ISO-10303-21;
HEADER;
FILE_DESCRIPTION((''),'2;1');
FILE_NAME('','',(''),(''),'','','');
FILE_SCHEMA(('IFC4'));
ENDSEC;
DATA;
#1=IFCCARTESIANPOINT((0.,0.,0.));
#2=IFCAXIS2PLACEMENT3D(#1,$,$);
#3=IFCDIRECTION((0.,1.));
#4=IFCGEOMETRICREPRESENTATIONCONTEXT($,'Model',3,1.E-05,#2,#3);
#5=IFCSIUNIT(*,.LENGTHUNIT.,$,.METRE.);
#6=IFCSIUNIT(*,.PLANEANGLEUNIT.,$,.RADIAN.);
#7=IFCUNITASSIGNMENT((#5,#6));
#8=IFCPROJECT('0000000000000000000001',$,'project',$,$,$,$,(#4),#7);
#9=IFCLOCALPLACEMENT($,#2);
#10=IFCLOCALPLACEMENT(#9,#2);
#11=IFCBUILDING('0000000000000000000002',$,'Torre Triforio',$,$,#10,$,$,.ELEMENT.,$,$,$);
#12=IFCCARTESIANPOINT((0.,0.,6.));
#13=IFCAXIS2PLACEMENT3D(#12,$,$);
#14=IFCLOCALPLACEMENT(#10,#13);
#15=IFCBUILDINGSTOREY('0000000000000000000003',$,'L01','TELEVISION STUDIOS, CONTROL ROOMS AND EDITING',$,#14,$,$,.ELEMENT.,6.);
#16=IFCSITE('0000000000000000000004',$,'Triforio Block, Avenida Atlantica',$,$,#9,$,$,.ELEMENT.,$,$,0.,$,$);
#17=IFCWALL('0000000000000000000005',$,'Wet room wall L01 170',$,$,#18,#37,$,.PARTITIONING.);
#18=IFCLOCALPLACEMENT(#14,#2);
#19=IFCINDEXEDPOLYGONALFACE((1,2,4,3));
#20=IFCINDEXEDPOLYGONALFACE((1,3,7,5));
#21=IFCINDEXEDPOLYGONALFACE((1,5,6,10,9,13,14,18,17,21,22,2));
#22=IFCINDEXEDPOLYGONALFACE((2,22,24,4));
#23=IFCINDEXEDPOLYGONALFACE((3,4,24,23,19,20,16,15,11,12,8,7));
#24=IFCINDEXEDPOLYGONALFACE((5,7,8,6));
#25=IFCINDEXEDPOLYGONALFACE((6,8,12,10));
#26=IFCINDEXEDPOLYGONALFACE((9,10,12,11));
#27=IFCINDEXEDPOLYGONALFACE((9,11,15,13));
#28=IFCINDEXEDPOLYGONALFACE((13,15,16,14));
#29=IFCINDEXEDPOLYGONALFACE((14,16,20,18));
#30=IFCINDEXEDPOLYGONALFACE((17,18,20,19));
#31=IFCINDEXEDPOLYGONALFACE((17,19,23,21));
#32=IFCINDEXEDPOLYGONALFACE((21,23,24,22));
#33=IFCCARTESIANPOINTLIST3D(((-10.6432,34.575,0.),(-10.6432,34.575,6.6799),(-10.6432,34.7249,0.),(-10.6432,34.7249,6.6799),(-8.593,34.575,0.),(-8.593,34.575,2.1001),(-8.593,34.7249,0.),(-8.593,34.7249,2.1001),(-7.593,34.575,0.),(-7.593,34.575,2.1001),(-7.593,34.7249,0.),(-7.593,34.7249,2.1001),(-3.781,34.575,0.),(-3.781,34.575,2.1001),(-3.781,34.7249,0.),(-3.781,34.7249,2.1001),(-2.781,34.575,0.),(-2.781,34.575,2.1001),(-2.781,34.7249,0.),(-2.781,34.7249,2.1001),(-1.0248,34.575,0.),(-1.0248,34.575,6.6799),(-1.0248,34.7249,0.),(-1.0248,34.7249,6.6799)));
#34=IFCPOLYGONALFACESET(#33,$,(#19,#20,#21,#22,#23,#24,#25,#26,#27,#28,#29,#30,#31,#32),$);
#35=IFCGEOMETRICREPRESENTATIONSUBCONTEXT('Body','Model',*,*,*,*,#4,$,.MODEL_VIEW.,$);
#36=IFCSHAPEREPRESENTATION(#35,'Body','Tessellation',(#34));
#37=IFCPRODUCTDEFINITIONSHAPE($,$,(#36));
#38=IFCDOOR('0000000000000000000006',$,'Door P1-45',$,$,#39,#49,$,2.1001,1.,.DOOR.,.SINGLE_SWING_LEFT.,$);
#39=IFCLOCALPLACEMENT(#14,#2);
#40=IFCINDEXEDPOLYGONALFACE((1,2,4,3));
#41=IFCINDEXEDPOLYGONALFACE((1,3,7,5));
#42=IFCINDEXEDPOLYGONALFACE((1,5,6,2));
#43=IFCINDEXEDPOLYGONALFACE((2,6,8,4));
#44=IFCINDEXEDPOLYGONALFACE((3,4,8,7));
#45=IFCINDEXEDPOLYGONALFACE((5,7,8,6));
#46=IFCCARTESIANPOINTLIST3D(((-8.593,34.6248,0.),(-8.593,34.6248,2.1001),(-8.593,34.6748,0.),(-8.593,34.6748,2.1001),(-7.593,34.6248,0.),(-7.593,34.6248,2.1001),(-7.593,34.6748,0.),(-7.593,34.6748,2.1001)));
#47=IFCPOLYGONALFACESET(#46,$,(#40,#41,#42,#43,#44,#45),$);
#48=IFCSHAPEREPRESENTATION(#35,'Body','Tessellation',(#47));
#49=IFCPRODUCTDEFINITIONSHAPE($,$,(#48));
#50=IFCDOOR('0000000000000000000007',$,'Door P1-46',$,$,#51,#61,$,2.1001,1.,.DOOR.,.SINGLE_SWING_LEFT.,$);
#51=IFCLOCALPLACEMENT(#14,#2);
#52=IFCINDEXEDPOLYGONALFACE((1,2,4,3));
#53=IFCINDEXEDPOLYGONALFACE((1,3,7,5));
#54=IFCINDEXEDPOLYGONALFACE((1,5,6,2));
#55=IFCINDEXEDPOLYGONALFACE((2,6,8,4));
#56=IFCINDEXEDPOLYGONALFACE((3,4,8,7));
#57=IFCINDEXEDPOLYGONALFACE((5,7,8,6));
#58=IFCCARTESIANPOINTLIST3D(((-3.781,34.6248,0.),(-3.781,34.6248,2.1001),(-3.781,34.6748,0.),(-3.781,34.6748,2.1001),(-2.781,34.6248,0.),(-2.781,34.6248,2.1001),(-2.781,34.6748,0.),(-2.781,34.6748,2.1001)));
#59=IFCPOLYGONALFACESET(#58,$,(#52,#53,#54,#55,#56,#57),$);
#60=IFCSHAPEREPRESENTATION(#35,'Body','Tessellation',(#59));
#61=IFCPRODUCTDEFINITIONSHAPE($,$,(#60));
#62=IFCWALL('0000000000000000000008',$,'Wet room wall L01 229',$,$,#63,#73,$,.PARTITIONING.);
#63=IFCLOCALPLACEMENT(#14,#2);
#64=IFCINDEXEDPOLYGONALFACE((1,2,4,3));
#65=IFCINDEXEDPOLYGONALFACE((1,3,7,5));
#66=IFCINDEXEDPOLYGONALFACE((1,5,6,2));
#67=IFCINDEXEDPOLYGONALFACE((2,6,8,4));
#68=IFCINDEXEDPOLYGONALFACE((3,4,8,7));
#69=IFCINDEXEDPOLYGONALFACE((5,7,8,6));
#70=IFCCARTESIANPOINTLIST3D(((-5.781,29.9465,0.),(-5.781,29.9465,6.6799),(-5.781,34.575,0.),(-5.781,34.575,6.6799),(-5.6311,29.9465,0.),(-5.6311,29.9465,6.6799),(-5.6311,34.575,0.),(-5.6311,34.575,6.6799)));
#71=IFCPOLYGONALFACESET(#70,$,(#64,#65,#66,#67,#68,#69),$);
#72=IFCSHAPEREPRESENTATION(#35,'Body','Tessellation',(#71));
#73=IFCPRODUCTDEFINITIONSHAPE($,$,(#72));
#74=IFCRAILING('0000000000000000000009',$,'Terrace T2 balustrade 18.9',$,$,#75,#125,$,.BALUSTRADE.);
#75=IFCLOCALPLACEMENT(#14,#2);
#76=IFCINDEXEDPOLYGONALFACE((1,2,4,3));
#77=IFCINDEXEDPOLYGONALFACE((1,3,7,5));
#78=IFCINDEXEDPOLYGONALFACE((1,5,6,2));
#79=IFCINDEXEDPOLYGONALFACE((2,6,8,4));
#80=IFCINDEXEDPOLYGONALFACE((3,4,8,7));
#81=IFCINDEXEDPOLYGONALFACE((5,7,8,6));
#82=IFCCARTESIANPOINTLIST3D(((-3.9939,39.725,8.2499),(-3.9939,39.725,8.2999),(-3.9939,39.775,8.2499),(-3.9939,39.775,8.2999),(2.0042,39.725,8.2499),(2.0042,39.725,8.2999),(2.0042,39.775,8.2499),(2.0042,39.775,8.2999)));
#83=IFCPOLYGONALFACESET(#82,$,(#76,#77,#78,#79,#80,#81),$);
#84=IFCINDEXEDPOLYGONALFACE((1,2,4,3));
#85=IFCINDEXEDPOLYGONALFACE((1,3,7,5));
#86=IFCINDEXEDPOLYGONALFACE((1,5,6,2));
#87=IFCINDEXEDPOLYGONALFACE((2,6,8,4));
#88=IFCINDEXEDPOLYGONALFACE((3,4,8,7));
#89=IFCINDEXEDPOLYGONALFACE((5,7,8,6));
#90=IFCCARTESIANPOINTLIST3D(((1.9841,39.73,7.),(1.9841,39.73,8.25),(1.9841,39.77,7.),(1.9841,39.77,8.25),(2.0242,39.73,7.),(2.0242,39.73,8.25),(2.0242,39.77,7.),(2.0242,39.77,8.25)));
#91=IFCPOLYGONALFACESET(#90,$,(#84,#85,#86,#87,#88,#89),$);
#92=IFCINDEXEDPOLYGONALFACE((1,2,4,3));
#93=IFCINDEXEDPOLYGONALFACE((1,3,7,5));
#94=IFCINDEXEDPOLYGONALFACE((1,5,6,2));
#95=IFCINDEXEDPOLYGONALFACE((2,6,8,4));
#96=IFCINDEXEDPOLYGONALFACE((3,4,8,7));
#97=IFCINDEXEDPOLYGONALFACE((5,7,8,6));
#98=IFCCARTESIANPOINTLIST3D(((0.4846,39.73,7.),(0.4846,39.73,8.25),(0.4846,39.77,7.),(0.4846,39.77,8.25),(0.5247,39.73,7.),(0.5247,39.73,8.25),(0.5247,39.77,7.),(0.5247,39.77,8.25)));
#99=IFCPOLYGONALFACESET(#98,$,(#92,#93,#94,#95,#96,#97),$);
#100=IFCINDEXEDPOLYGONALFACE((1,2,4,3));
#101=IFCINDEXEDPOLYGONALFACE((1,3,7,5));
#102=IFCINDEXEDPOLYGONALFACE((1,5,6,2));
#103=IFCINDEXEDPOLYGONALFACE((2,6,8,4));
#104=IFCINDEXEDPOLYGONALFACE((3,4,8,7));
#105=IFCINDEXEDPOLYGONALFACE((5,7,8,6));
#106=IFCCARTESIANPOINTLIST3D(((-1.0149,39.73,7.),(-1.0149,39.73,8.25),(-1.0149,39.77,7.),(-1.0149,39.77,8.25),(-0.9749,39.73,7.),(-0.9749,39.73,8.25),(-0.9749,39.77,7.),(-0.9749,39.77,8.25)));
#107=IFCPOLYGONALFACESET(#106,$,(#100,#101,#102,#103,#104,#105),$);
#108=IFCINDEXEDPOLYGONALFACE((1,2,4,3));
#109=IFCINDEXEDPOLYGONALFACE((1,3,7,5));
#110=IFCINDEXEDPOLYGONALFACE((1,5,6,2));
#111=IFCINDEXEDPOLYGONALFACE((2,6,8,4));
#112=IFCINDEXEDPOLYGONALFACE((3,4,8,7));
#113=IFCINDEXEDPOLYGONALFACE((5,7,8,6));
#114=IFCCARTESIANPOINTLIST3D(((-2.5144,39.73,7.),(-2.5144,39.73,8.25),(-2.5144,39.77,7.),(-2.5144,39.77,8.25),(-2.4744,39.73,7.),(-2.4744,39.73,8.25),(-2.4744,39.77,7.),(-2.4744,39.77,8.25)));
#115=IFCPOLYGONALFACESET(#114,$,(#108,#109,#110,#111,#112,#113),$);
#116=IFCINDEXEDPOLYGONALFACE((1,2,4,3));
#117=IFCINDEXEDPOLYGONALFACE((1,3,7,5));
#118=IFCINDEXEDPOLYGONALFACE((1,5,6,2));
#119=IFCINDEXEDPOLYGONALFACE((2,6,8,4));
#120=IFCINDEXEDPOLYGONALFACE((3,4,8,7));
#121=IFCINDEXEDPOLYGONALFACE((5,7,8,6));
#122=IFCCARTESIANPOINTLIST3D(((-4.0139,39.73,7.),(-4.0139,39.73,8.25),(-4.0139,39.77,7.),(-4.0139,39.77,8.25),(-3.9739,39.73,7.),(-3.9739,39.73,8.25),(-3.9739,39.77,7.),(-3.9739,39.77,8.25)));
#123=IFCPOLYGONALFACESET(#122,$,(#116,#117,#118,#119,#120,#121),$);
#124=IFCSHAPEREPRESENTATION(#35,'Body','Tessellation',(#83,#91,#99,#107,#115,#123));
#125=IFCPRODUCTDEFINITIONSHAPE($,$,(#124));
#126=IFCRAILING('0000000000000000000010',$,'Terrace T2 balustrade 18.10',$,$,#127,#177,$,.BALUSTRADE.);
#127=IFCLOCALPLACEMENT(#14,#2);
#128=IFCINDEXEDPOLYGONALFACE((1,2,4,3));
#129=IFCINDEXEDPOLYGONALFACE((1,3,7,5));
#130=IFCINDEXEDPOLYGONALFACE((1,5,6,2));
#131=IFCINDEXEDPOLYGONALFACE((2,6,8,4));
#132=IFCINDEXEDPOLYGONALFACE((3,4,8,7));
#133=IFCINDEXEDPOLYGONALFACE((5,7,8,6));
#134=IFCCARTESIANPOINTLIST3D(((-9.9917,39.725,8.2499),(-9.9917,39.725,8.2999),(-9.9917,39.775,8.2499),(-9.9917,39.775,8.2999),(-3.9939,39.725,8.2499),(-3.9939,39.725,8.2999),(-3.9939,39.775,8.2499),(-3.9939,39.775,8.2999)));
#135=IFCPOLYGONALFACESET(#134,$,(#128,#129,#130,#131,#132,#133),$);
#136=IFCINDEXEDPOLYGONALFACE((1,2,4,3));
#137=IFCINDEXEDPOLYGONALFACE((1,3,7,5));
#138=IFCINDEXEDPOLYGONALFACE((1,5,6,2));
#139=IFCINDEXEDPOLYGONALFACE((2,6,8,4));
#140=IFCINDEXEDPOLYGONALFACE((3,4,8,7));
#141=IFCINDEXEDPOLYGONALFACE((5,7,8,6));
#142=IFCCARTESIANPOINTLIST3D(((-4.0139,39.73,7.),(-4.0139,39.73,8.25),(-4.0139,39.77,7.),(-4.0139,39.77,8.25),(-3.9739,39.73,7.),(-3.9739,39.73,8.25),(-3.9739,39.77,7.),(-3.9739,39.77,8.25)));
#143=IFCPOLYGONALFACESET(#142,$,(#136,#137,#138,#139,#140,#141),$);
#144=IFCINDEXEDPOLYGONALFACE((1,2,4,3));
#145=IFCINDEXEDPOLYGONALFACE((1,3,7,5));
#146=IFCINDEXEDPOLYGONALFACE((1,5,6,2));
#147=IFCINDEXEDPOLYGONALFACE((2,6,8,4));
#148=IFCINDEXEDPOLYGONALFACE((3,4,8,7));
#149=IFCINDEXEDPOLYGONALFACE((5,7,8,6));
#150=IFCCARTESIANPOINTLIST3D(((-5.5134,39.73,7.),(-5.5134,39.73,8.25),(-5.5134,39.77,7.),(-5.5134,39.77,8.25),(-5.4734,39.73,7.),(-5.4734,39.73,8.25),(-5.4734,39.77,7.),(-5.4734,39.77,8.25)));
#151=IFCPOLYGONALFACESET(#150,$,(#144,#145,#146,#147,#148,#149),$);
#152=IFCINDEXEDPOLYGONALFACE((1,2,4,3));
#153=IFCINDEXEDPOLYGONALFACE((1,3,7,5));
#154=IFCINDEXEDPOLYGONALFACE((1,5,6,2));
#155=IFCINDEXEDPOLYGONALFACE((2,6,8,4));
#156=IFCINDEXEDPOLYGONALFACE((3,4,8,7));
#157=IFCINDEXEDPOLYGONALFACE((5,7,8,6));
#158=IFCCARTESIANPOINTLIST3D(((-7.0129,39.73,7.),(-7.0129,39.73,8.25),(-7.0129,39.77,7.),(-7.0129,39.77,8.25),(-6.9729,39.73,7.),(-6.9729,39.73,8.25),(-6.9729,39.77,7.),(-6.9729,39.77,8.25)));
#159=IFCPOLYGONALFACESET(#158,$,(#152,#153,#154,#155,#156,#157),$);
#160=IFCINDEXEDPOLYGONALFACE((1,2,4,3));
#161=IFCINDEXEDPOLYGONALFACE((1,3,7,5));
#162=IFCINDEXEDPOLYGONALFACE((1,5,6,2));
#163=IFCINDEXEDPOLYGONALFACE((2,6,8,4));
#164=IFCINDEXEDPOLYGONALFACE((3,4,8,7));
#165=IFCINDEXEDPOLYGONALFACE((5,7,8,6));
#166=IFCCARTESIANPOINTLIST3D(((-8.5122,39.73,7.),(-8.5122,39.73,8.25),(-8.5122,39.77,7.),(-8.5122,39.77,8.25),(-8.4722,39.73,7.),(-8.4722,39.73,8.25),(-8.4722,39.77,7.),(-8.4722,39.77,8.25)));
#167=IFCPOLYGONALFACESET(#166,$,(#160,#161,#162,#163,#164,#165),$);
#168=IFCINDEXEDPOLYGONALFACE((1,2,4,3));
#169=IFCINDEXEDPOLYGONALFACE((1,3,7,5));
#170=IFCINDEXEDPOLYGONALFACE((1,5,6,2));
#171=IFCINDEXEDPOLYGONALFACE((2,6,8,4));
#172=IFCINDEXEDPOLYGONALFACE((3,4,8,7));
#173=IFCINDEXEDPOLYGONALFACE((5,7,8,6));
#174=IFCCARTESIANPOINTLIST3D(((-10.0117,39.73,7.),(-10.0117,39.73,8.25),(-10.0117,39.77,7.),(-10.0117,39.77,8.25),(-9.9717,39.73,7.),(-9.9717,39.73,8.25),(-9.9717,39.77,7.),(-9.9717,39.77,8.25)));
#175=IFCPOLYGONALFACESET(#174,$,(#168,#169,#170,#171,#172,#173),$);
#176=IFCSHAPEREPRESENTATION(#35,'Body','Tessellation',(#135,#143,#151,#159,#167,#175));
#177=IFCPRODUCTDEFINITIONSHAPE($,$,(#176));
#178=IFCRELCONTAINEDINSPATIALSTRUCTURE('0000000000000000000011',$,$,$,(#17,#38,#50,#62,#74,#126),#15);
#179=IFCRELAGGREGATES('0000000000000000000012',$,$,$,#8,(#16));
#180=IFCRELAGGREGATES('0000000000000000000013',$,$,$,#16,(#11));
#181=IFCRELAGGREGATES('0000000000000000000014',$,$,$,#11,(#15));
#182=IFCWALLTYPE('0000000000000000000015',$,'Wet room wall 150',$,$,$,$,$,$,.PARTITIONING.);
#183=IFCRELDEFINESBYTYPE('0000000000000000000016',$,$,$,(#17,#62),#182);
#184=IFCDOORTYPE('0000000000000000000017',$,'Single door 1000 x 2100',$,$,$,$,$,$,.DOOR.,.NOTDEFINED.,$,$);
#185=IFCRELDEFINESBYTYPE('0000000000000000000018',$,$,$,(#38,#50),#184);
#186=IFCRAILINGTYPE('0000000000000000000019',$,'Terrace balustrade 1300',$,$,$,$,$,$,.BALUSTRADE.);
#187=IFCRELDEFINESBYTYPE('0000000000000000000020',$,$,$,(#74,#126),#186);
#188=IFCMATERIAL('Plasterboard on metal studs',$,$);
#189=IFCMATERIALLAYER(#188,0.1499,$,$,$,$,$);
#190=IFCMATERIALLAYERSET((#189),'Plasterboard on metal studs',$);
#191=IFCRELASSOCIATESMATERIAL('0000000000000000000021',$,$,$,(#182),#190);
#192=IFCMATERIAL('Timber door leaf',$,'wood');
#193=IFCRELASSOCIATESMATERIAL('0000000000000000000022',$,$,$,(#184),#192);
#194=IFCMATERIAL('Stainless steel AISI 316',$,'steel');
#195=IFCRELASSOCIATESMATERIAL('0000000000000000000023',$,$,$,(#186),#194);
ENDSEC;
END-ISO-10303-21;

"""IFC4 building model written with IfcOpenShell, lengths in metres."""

from ifc_helpers import new_model, si_unit, direction, frame, frame_2d, origin, origin_2d, place, context, subcontext, project, spatial, rectangle, extrude, material, layer, layer_set, type_object, element, fill, save


model = new_model("IFC4")

# Units and contexts
model_context = context("Model", 3, precision=1e-05, world=origin(), true_north=direction((0.0, 1.0)))
body_context = subcontext(model_context, "Body", "Model", "MODEL_VIEW")
ifc_project = project(units=[si_unit("LENGTHUNIT", "METRE"), si_unit("PLANEANGLEUNIT", "RADIAN")], contexts=[model_context])

# Site, building, storey
site_placement = place(None, origin())
site = spatial("IfcSite", under=ifc_project, at=site_placement, Name="Triforio Block, Avenida Atlantica", CompositionType="ELEMENT", RefElevation=0.0)
building_placement = place(site_placement, origin())
building = spatial("IfcBuilding", under=site, at=building_placement, Name="Torre Triforio", CompositionType="ELEMENT")
storey_placement = place(building_placement, frame((0.0, 0.0, 6.0)))
storey = spatial("IfcBuildingStorey", under=building, at=storey_placement, Name="L01", Description="TELEVISION STUDIOS, CONTROL ROOMS AND EDITING", CompositionType="ELEMENT", Elevation=6.0)

# Shared definitions
ifc_material_1 = material(Name="Plasterboard on metal studs")

# Wall, openings, doors
ifc_layer_1 = layer(ifc_material_1, 0.1499)
ifc_layer_set_1 = layer_set([ifc_layer_1], Name="Plasterboard on metal studs")
wall_type_1 = type_object("IfcWallType", Name="Wet room wall 150", PredefinedType="PARTITIONING", material=ifc_layer_set_1)
wall_1_placement = place(storey_placement, frame((-10.6431, 34.6499, 0.0), z_axis=(0.0, 0.0, 1.0), x_axis=(1.0, 0.0, 0.0)))
wall_1 = element("IfcWall", 1, at=wall_1_placement, inside=storey, type_object=wall_type_1, Name="Wet room wall L01 170", PredefinedType="PARTITIONING", context=body_context, shape_type="SweptSolid", body=[
    extrude(rectangle(XDim=9.6184, YDim=0.1499, at=frame_2d((4.8091, 0.0))), origin(), (0.0, 0.0, 1.0), 6.6799),
])
opening_1_placement = place(wall_1_placement, frame((2.05, 0.0, 0.0)))
opening_1 = element("IfcOpeningElement", 2, at=opening_1_placement, cuts=wall_1, PredefinedType="OPENING", context=body_context, shape_type="SweptSolid", body=[
    extrude(rectangle(XDim=1.0, YDim=2.1001, at=frame_2d((0.5, 1.05))), frame((0.0, 0.085, 0.0), z_axis=(0.0, -1.0, 0.0), x_axis=(1.0, 0.0, 0.0)), (0.0, 0.0, 1.0), 0.1699),
])
opening_2_placement = place(wall_1_placement, frame((6.8621, 0.0, 0.0)))
opening_2 = element("IfcOpeningElement", 3, at=opening_2_placement, cuts=wall_1, PredefinedType="OPENING", context=body_context, shape_type="SweptSolid", body=[
    extrude(rectangle(XDim=1.0, YDim=2.1001, at=frame_2d((0.5, 1.05))), frame((0.0, 0.085, 0.0), z_axis=(0.0, -1.0, 0.0), x_axis=(1.0, 0.0, 0.0)), (0.0, 0.0, 1.0), 0.1699),
])
ifc_material_2 = material(Name="Timber door leaf", Category="wood")
door_type = type_object("IfcDoorType", Name="Single door 1000 x 2100", OperationType="NOTDEFINED", PredefinedType="DOOR", material=ifc_material_2)
door_1_placement = place(opening_1_placement, origin())
door_1 = element("IfcDoor", 4, at=door_1_placement, inside=storey, type_object=door_type, Name="Door P1-45", OperationType="SINGLE_SWING_LEFT", OverallHeight=2.1001, OverallWidth=1.0, PredefinedType="DOOR", context=body_context, shape_type="SweptSolid", body=[
    extrude(rectangle(XDim=1.0, YDim=2.1001, at=frame_2d((0.5, 1.05))), frame((0.0, 0.0249, 0.0), z_axis=(0.0, -1.0, 0.0), x_axis=(1.0, 0.0, 0.0)), (0.0, 0.0, 1.0), 0.05),
])
fill(opening_1, door_1)
door_2_placement = place(opening_2_placement, origin())
door_2 = element("IfcDoor", 5, at=door_2_placement, inside=storey, type_object=door_type, Name="Door P1-46", OperationType="SINGLE_SWING_LEFT", OverallHeight=2.1001, OverallWidth=1.0, PredefinedType="DOOR", context=body_context, shape_type="SweptSolid", body=[
    extrude(rectangle(XDim=1.0, YDim=2.1001, at=frame_2d((0.5, 1.05))), frame((0.0, 0.0249, 0.0), z_axis=(0.0, -1.0, 0.0), x_axis=(1.0, 0.0, 0.0)), (0.0, 0.0, 1.0), 0.05),
])
fill(opening_2, door_2)

# Wall
wall_2_placement = place(storey_placement, frame((-5.7061, 29.9465, 0.0), z_axis=(0.0, 0.0, 1.0), x_axis=(0.0, 1.0, 0.0)))
element("IfcWall", 6, at=wall_2_placement, inside=storey, type_object=wall_type_1, Name="Wet room wall L01 229", PredefinedType="PARTITIONING", context=body_context, shape_type="SweptSolid", body=[
    extrude(rectangle(XDim=4.6284, YDim=0.1499, at=frame_2d((2.3142, 0.0))), origin(), (0.0, 0.0, 1.0), 6.6799),
])

# Railings
ifc_material_3 = material(Name="Stainless steel AISI 316", Category="steel")
railing_type = type_object("IfcRailingType", Name="Terrace balustrade 1300", PredefinedType="BALUSTRADE", material=ifc_material_3)
railing_1_placement = place(storey_placement, frame((2.0042, 39.75, 7.0)))
element("IfcRailing", 7, at=railing_1_placement, inside=storey, type_object=railing_type, Name="Terrace T2 balustrade 18.9", PredefinedType="BALUSTRADE", context=body_context, shape_type="SweptSolid", body=[
    extrude(rectangle(XDim=0.05, YDim=0.05, at=origin_2d()), frame((0.0, 0.0, 1.2749), z_axis=(-1.0, 0.0, 0.0), x_axis=(0.0, -1.0, 0.0)), (0.0, 0.0, 1.0), 5.998),
    extrude(rectangle(XDim=0.04, YDim=0.04, at=origin_2d()), origin(), (0.0, 0.0, 1.0), 1.25),
    extrude(rectangle(XDim=0.04, YDim=0.04, at=origin_2d()), frame((-1.4995, 0.0, 0.0)), (0.0, 0.0, 1.0), 1.25),
    extrude(rectangle(XDim=0.04, YDim=0.04, at=origin_2d()), frame((-2.999, 0.0, 0.0)), (0.0, 0.0, 1.0), 1.25),
    extrude(rectangle(XDim=0.04, YDim=0.04, at=origin_2d()), frame((-4.4985, 0.0, 0.0)), (0.0, 0.0, 1.0), 1.25),
    extrude(rectangle(XDim=0.04, YDim=0.04, at=origin_2d()), frame((-5.998, 0.0, 0.0)), (0.0, 0.0, 1.0), 1.25),
])
railing_2_placement = place(storey_placement, frame((-3.9939, 39.75, 7.0)))
element("IfcRailing", 8, at=railing_2_placement, inside=storey, type_object=railing_type, Name="Terrace T2 balustrade 18.10", PredefinedType="BALUSTRADE", context=body_context, shape_type="SweptSolid", body=[
    extrude(rectangle(XDim=0.05, YDim=0.05, at=origin_2d()), frame((0.0, 0.0, 1.2749), z_axis=(-1.0, 0.0, 0.0), x_axis=(0.0, -1.0, 0.0)), (0.0, 0.0, 1.0), 5.9978),
    extrude(rectangle(XDim=0.04, YDim=0.04, at=origin_2d()), origin(), (0.0, 0.0, 1.0), 1.25),
    extrude(rectangle(XDim=0.04, YDim=0.04, at=origin_2d()), frame((-1.4995, 0.0, 0.0)), (0.0, 0.0, 1.0), 1.25),
    extrude(rectangle(XDim=0.04, YDim=0.04, at=origin_2d()), frame((-2.999, 0.0, 0.0)), (0.0, 0.0, 1.0), 1.25),
    extrude(rectangle(XDim=0.04, YDim=0.04, at=origin_2d()), frame((-4.4983, 0.0, 0.0)), (0.0, 0.0, 1.0), 1.25),
    extrude(rectangle(XDim=0.04, YDim=0.04, at=origin_2d()), frame((-5.9978, 0.0, 0.0)), (0.0, 0.0, 1.0), 1.25),
])

save(model, "model.ifc")
